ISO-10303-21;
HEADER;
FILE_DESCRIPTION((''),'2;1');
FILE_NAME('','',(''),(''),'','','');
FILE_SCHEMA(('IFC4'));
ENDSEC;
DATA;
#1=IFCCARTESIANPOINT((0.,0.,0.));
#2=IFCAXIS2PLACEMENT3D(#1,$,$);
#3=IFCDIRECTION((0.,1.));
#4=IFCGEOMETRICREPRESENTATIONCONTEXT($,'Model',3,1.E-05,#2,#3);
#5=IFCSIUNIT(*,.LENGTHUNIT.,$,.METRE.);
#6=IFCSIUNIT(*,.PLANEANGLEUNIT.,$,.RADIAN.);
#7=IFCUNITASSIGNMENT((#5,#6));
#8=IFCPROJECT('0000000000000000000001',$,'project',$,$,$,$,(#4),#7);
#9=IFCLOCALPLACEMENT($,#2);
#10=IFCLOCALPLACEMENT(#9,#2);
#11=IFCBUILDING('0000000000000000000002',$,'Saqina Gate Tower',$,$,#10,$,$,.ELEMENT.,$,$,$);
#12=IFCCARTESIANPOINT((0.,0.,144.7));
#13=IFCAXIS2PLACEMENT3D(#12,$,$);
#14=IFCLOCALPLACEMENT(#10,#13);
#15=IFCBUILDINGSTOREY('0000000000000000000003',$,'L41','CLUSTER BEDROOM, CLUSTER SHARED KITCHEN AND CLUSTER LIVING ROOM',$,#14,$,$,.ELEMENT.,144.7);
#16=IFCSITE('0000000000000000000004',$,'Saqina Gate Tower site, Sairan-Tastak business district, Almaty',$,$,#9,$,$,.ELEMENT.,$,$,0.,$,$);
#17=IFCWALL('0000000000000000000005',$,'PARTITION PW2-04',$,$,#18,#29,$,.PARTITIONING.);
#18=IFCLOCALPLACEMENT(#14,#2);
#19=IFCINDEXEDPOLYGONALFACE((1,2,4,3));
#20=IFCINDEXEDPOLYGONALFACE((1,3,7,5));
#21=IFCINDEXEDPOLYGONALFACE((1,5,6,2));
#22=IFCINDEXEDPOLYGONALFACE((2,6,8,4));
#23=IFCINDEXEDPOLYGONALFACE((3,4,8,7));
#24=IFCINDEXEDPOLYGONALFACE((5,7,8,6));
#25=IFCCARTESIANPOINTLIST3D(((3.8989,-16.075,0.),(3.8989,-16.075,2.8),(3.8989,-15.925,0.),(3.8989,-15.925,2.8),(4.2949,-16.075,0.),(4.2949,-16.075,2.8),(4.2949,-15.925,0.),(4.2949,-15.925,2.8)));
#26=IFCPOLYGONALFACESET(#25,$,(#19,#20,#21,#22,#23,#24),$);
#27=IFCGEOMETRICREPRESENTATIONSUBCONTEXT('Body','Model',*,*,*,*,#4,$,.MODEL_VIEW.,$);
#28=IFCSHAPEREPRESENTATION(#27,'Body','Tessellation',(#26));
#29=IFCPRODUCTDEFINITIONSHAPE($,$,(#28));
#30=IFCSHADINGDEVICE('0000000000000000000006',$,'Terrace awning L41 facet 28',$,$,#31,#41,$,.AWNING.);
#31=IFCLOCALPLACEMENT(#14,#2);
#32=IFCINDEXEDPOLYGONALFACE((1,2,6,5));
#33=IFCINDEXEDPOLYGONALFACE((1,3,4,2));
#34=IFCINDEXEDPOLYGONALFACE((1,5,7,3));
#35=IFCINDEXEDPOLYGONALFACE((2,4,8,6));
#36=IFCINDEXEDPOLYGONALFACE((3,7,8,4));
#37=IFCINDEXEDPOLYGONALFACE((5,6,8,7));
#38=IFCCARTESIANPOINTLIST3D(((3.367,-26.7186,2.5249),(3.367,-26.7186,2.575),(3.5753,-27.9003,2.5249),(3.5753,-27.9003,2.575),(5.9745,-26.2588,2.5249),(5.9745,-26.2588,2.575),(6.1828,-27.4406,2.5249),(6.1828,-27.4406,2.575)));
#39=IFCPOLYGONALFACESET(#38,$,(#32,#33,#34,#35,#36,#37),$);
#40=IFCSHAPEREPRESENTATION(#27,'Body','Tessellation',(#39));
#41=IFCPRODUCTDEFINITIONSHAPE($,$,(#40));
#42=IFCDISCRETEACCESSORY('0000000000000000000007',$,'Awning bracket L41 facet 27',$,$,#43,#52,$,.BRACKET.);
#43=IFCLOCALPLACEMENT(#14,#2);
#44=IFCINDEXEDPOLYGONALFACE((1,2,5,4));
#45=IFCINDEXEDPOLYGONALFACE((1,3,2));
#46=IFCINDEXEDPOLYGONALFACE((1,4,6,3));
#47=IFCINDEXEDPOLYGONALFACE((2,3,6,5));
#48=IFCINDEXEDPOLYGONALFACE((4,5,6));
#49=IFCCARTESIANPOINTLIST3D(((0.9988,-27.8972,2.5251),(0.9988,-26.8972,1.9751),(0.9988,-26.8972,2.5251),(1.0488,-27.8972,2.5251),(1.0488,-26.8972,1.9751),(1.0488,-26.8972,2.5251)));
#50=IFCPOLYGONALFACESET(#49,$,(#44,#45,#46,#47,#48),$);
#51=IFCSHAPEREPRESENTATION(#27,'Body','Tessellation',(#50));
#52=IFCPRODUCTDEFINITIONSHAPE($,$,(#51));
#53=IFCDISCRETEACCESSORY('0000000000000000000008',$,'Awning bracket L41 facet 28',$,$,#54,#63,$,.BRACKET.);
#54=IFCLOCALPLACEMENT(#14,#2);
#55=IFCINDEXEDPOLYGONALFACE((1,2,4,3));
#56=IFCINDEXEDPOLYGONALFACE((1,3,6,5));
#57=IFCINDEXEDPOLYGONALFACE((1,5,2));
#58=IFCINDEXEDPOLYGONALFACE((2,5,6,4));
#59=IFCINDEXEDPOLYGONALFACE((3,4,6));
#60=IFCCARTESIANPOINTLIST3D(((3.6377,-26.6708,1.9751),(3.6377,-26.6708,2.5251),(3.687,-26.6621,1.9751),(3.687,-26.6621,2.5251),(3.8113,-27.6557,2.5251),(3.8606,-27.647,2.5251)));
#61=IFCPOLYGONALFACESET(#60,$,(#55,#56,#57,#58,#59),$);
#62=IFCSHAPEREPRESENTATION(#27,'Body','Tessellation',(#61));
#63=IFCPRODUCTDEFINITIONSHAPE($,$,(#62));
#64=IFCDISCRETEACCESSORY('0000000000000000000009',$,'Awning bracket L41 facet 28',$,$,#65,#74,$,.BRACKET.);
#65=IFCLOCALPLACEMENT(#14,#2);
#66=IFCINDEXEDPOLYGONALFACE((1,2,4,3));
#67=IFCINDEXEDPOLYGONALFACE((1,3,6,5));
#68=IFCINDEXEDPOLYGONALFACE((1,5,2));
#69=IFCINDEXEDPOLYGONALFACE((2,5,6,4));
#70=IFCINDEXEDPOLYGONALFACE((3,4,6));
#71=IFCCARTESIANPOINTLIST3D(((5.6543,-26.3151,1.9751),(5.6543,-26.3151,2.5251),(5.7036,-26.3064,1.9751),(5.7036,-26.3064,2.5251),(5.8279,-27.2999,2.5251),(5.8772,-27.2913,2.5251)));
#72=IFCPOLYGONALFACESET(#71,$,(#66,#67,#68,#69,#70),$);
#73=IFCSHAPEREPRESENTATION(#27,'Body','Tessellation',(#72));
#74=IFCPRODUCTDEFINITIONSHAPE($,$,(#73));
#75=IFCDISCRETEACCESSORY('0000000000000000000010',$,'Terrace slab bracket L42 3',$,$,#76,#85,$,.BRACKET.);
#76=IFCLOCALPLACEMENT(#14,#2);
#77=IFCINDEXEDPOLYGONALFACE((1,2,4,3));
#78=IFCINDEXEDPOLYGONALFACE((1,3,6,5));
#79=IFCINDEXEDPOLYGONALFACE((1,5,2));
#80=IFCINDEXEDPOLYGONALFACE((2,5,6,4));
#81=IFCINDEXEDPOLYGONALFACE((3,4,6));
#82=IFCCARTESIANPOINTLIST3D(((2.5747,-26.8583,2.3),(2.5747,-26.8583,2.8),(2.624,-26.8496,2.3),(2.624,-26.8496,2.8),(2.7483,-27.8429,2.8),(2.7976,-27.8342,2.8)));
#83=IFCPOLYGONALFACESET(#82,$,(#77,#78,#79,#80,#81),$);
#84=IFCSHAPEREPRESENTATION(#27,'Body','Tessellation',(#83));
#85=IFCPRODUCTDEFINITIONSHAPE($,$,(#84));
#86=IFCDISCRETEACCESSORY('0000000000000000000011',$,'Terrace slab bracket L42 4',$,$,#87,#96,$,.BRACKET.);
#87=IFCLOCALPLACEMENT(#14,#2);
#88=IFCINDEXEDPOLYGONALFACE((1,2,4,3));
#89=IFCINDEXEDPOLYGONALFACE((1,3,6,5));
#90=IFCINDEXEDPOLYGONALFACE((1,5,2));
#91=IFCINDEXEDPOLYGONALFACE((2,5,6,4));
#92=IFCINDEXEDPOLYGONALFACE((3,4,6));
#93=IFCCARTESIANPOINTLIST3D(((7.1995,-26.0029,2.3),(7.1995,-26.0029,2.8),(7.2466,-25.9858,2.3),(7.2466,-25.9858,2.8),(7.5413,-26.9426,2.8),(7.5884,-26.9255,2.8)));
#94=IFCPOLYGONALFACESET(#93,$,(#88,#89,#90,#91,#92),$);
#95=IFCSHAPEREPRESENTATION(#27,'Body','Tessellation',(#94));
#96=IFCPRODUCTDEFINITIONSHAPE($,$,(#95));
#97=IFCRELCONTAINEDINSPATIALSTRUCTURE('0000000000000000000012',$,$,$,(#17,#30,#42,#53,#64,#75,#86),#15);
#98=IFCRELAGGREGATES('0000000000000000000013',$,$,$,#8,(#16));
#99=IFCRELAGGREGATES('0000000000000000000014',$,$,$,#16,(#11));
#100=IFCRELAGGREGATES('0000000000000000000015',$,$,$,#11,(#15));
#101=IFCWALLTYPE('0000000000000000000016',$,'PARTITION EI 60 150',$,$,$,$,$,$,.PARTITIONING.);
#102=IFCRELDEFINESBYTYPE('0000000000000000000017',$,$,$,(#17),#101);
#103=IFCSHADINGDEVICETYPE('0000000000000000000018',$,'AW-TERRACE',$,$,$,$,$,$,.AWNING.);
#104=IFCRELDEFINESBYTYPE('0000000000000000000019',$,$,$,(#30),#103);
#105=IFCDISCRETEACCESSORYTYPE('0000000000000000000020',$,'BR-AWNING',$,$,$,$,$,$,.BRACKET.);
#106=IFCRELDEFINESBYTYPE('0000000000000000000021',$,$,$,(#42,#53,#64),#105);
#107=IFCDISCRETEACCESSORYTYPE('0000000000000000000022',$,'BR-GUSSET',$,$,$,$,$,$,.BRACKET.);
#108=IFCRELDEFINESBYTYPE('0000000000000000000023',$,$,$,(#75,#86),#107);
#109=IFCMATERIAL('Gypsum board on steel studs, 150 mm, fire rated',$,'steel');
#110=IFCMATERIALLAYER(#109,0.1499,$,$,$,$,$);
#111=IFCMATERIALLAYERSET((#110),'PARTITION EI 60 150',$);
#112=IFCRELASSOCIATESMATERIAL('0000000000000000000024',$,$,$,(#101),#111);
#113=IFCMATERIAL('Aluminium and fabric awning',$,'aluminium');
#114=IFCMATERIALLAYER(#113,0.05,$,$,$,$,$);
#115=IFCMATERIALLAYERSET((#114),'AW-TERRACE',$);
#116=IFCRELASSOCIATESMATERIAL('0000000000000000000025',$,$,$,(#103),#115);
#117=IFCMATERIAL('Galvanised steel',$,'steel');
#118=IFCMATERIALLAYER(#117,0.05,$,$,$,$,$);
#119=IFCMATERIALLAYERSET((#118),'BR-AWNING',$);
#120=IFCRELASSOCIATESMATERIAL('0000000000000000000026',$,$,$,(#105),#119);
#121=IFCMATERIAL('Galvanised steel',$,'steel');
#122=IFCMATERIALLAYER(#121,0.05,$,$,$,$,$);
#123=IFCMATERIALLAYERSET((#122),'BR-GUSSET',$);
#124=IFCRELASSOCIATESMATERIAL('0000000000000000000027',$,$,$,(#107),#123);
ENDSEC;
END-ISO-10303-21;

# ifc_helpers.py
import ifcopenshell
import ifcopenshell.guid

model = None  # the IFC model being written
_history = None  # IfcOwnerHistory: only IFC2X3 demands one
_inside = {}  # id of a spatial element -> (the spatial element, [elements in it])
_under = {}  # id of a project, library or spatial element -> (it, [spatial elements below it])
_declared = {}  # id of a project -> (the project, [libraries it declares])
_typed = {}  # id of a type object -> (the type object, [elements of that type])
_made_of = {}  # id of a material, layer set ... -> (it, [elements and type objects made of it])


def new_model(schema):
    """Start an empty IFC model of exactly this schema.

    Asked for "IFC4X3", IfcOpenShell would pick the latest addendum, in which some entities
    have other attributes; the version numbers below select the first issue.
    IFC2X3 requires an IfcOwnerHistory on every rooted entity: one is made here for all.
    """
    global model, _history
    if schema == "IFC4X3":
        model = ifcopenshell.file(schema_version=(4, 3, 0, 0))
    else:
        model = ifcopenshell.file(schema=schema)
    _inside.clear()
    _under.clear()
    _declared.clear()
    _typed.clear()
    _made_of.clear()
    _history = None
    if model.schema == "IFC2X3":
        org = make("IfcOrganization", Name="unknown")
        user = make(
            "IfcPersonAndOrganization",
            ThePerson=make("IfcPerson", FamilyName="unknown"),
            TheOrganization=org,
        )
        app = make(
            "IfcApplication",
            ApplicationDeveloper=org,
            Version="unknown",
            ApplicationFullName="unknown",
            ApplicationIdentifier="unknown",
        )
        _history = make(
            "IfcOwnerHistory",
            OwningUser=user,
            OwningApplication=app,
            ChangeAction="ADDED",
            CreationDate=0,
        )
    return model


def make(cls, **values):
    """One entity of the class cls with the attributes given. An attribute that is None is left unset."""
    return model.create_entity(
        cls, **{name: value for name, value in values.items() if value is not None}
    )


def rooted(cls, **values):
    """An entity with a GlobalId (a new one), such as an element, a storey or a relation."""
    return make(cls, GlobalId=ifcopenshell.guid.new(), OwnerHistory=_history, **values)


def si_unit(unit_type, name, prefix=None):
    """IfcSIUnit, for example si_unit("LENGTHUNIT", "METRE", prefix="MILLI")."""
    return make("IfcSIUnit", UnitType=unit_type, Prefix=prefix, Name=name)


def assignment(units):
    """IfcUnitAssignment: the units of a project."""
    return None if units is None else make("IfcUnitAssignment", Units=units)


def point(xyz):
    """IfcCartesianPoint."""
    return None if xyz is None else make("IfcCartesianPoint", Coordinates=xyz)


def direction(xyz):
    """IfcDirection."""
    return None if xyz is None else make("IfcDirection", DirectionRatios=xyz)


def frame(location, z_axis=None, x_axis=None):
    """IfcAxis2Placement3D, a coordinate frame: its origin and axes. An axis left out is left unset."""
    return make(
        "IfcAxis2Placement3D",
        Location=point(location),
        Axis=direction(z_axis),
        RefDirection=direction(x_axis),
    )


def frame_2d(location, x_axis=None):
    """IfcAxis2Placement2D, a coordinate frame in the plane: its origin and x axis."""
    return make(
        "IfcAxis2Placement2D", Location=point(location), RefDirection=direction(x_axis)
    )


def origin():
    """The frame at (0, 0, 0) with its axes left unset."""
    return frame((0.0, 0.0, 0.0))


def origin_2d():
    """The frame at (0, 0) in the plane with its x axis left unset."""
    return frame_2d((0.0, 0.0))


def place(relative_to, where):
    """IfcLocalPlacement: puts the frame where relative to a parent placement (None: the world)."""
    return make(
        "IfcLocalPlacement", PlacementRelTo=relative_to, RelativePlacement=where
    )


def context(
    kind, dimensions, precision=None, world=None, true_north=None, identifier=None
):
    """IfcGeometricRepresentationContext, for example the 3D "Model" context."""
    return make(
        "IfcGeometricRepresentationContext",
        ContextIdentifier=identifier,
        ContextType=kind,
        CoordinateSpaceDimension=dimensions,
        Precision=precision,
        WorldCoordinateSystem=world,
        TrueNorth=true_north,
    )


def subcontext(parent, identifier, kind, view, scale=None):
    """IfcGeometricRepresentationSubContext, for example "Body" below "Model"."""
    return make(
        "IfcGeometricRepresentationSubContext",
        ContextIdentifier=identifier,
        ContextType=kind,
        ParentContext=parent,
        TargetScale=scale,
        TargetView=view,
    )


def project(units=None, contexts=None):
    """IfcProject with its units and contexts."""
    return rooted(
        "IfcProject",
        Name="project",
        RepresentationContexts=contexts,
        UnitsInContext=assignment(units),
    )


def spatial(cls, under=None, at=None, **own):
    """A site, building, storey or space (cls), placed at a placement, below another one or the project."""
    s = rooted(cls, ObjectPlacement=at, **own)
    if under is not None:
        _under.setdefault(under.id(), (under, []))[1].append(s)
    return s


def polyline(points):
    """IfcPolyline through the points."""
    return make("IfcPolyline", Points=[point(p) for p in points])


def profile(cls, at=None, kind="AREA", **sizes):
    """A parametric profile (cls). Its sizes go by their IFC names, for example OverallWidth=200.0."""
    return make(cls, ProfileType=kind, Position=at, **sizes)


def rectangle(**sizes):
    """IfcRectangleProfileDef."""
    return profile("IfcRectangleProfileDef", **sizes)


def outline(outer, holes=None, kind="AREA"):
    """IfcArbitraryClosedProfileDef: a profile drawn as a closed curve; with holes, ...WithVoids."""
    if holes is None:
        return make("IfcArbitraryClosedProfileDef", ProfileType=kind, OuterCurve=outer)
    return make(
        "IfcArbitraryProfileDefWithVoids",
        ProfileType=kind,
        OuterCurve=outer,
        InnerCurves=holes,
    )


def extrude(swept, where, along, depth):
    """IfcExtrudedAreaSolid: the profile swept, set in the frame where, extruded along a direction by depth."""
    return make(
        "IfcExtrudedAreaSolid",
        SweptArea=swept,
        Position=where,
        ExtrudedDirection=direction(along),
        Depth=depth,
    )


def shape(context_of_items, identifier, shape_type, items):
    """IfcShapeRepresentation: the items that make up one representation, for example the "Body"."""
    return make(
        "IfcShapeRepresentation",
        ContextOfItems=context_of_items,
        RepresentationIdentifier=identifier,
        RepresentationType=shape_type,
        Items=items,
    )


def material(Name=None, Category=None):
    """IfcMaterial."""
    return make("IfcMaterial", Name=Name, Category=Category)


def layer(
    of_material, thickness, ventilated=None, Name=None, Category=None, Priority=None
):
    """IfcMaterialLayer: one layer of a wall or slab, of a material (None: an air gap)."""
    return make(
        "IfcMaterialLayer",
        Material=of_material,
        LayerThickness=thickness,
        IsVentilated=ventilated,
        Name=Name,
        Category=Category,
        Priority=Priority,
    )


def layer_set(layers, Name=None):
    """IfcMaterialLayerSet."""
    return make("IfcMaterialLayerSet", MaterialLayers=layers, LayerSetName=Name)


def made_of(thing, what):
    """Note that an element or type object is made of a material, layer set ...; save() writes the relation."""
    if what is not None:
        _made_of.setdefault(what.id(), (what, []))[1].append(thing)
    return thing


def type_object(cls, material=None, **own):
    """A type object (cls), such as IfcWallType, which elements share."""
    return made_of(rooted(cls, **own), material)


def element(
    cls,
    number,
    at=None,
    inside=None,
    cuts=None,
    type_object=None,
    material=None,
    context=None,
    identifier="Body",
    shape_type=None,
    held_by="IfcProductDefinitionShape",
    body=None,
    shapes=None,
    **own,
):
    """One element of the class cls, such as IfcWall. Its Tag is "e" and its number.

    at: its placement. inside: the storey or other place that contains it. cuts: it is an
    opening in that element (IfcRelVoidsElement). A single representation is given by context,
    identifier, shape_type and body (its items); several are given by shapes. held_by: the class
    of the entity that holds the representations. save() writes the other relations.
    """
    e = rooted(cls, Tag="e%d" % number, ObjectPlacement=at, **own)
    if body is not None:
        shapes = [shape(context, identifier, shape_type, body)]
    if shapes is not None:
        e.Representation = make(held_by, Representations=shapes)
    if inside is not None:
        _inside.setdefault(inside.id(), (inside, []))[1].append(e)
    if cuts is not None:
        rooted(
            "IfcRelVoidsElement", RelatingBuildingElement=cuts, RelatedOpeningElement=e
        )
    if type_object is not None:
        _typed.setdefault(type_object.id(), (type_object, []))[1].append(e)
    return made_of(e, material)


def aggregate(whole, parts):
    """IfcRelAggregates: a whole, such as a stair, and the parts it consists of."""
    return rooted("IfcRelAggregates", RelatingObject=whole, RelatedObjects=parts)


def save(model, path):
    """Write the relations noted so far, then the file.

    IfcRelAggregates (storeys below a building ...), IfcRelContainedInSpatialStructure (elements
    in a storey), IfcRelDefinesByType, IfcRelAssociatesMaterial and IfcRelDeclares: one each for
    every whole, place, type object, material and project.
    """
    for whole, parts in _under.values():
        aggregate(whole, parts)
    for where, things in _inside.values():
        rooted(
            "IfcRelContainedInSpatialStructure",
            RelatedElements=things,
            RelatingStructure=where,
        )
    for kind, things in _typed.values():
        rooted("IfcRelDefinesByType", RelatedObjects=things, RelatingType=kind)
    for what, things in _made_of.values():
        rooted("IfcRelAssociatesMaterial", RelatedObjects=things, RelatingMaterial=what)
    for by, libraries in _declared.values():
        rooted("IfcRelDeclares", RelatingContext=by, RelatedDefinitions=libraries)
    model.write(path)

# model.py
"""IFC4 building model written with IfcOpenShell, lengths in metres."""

from ifc_helpers import new_model, si_unit, direction, frame, frame_2d, origin, origin_2d, place, context, subcontext, project, spatial, polyline, rectangle, outline, extrude, material, layer, layer_set, type_object, element, save


model = new_model("IFC4")

# Units and contexts
model_context = context("Model", 3, precision=1e-05, world=origin(), true_north=direction((0.0, 1.0)))
body_context = subcontext(model_context, "Body", "Model", "MODEL_VIEW")
ifc_project = project(units=[si_unit("LENGTHUNIT", "METRE"), si_unit("PLANEANGLEUNIT", "RADIAN")], contexts=[model_context])

# Site, building, storey
site_placement = place(None, origin())
site = spatial("IfcSite", under=ifc_project, at=site_placement, Name="Saqina Gate Tower site, Sairan-Tastak business district, Almaty", CompositionType="ELEMENT", RefElevation=0.0)
building_placement = place(site_placement, origin())
building = spatial("IfcBuilding", under=site, at=building_placement, Name="Saqina Gate Tower", CompositionType="ELEMENT")
storey_placement = place(building_placement, frame((0.0, 0.0, 144.7)))
storey = spatial("IfcBuildingStorey", under=building, at=storey_placement, Name="L41", Description="CLUSTER BEDROOM, CLUSTER SHARED KITCHEN AND CLUSTER LIVING ROOM", CompositionType="ELEMENT", Elevation=144.7)

# Wall
ifc_material_1 = material(Name="Gypsum board on steel studs, 150 mm, fire rated", Category="steel")
ifc_layer_1 = layer(ifc_material_1, 0.1499)
ifc_layer_set_1 = layer_set([ifc_layer_1], Name="PARTITION EI 60 150")
wall_type_1 = type_object("IfcWallType", Name="PARTITION EI 60 150", PredefinedType="PARTITIONING", material=ifc_layer_set_1)
wall_1_placement = place(storey_placement, frame((3.8989, -16.0, 0.0), z_axis=(0.0, 0.0, 1.0), x_axis=(1.0, 0.0, 0.0)))
element("IfcWall", 1, at=wall_1_placement, inside=storey, type_object=wall_type_1, Name="PARTITION PW2-04", PredefinedType="PARTITIONING", context=body_context, shape_type="SweptSolid", body=[
    extrude(rectangle(XDim=0.396, YDim=0.1499, at=frame_2d((0.198, 0.0))), origin(), (0.0, 0.0, 1.0), 2.8),
])

# Shading device
ifc_material_2 = material(Name="Aluminium and fabric awning", Category="aluminium")
ifc_layer_2 = layer(ifc_material_2, 0.05)
ifc_layer_set_2 = layer_set([ifc_layer_2], Name="AW-TERRACE")
shading_device_type = type_object("IfcShadingDeviceType", Name="AW-TERRACE", PredefinedType="AWNING", material=ifc_layer_set_2)
shading_device_placement = place(storey_placement, frame((4.7749, -27.0796, 2.5249), z_axis=(0.0, 0.0, 1.0), x_axis=(0.984808, 0.173648, 0.0)))
element("IfcShadingDevice", 2, at=shading_device_placement, inside=storey, type_object=shading_device_type, Name="Terrace awning L41 facet 28", PredefinedType="AWNING", context=body_context, shape_type="SweptSolid", body=[
    extrude(rectangle(XDim=2.6477, YDim=1.2, at=origin_2d()), origin(), (0.0, 0.0, 1.0), 0.05),
])

# Discrete accessories
ifc_material_3 = material(Name="Galvanised steel", Category="steel")
ifc_layer_3 = layer(ifc_material_3, 0.05)
ifc_layer_set_3 = layer_set([ifc_layer_3], Name="BR-AWNING")
discrete_accessory_type_1 = type_object("IfcDiscreteAccessoryType", Name="BR-AWNING", PredefinedType="BRACKET", material=ifc_layer_set_3)
discrete_accessory_1_placement = place(storey_placement, frame((1.0488, -26.8972, 1.9751), z_axis=(1.0, 0.0, 0.0), x_axis=(0.0, 0.0, 1.0)))
element("IfcDiscreteAccessory", 3, at=discrete_accessory_1_placement, inside=storey, type_object=discrete_accessory_type_1, Name="Awning bracket L41 facet 27", PredefinedType="BRACKET", context=body_context, shape_type="SweptSolid", body=[
    extrude(outline(polyline([(0.0, 0.0), (0.55, 0.0), (0.55, 1.0), (0.0, 0.0)])), origin(), (0.0, 0.0, -1.0), 0.05),
])
for number, where, z_axis, x_axis, name in (
    (4, (3.687, -26.6621, 1.9751), (0.98482, 0.173576, 0.0), (0.0, 0.0, 1.0), "Awning bracket L41 facet 28"),
    (5, (5.7036, -26.3064, 1.9751), (0.98482, 0.173576, 0.0), (0.0, 0.0, 1.0), "Awning bracket L41 facet 28"),
):
    element("IfcDiscreteAccessory", number, at=place(storey_placement, frame(where, z_axis=z_axis, x_axis=x_axis)), inside=storey, type_object=discrete_accessory_type_1, Name=name, PredefinedType="BRACKET", context=body_context, shape_type="SweptSolid", body=[
        extrude(outline(polyline([(0.0, 0.0), (0.55, 0.0), (0.55, 1.0), (0.0, 0.0)])), origin(), (0.0, 0.0, -1.0), 0.05),
    ])
ifc_material_4 = material(Name="Galvanised steel", Category="steel")
ifc_layer_4 = layer(ifc_material_4, 0.05)
ifc_layer_set_4 = layer_set([ifc_layer_4], Name="BR-GUSSET")
discrete_accessory_type_2 = type_object("IfcDiscreteAccessoryType", Name="BR-GUSSET", PredefinedType="BRACKET", material=ifc_layer_set_4)
discrete_accessory_2_placement = place(storey_placement, frame((2.624, -26.8496, 2.3), z_axis=(0.984813, 0.173618, 0.0), x_axis=(0.0, 0.0, 1.0)))
element("IfcDiscreteAccessory", 6, at=discrete_accessory_2_placement, inside=storey, type_object=discrete_accessory_type_2, Name="Terrace slab bracket L42 3", PredefinedType="BRACKET", context=body_context, shape_type="SweptSolid", body=[
    extrude(outline(polyline([(0.0, 0.0), (0.5, 0.0), (0.5, 0.9998), (0.0, 0.0)])), origin(), (0.0, 0.0, -1.0), 0.05),
])
discrete_accessory_3_placement = place(storey_placement, frame((7.2466, -25.9858, 2.3), z_axis=(0.939765, 0.341821, 0.0), x_axis=(0.0, 0.0, 1.0)))
element("IfcDiscreteAccessory", 7, at=discrete_accessory_3_placement, inside=storey, type_object=discrete_accessory_type_2, Name="Terrace slab bracket L42 4", PredefinedType="BRACKET", context=body_context, shape_type="SweptSolid", body=[
    extrude(outline(polyline([(0.0, 0.0), (0.5, 0.0), (0.5, 0.9999), (0.0, 0.0)])), origin(), (0.0, 0.0, -1.0), 0.05),
])

save(model, "model.ifc")
